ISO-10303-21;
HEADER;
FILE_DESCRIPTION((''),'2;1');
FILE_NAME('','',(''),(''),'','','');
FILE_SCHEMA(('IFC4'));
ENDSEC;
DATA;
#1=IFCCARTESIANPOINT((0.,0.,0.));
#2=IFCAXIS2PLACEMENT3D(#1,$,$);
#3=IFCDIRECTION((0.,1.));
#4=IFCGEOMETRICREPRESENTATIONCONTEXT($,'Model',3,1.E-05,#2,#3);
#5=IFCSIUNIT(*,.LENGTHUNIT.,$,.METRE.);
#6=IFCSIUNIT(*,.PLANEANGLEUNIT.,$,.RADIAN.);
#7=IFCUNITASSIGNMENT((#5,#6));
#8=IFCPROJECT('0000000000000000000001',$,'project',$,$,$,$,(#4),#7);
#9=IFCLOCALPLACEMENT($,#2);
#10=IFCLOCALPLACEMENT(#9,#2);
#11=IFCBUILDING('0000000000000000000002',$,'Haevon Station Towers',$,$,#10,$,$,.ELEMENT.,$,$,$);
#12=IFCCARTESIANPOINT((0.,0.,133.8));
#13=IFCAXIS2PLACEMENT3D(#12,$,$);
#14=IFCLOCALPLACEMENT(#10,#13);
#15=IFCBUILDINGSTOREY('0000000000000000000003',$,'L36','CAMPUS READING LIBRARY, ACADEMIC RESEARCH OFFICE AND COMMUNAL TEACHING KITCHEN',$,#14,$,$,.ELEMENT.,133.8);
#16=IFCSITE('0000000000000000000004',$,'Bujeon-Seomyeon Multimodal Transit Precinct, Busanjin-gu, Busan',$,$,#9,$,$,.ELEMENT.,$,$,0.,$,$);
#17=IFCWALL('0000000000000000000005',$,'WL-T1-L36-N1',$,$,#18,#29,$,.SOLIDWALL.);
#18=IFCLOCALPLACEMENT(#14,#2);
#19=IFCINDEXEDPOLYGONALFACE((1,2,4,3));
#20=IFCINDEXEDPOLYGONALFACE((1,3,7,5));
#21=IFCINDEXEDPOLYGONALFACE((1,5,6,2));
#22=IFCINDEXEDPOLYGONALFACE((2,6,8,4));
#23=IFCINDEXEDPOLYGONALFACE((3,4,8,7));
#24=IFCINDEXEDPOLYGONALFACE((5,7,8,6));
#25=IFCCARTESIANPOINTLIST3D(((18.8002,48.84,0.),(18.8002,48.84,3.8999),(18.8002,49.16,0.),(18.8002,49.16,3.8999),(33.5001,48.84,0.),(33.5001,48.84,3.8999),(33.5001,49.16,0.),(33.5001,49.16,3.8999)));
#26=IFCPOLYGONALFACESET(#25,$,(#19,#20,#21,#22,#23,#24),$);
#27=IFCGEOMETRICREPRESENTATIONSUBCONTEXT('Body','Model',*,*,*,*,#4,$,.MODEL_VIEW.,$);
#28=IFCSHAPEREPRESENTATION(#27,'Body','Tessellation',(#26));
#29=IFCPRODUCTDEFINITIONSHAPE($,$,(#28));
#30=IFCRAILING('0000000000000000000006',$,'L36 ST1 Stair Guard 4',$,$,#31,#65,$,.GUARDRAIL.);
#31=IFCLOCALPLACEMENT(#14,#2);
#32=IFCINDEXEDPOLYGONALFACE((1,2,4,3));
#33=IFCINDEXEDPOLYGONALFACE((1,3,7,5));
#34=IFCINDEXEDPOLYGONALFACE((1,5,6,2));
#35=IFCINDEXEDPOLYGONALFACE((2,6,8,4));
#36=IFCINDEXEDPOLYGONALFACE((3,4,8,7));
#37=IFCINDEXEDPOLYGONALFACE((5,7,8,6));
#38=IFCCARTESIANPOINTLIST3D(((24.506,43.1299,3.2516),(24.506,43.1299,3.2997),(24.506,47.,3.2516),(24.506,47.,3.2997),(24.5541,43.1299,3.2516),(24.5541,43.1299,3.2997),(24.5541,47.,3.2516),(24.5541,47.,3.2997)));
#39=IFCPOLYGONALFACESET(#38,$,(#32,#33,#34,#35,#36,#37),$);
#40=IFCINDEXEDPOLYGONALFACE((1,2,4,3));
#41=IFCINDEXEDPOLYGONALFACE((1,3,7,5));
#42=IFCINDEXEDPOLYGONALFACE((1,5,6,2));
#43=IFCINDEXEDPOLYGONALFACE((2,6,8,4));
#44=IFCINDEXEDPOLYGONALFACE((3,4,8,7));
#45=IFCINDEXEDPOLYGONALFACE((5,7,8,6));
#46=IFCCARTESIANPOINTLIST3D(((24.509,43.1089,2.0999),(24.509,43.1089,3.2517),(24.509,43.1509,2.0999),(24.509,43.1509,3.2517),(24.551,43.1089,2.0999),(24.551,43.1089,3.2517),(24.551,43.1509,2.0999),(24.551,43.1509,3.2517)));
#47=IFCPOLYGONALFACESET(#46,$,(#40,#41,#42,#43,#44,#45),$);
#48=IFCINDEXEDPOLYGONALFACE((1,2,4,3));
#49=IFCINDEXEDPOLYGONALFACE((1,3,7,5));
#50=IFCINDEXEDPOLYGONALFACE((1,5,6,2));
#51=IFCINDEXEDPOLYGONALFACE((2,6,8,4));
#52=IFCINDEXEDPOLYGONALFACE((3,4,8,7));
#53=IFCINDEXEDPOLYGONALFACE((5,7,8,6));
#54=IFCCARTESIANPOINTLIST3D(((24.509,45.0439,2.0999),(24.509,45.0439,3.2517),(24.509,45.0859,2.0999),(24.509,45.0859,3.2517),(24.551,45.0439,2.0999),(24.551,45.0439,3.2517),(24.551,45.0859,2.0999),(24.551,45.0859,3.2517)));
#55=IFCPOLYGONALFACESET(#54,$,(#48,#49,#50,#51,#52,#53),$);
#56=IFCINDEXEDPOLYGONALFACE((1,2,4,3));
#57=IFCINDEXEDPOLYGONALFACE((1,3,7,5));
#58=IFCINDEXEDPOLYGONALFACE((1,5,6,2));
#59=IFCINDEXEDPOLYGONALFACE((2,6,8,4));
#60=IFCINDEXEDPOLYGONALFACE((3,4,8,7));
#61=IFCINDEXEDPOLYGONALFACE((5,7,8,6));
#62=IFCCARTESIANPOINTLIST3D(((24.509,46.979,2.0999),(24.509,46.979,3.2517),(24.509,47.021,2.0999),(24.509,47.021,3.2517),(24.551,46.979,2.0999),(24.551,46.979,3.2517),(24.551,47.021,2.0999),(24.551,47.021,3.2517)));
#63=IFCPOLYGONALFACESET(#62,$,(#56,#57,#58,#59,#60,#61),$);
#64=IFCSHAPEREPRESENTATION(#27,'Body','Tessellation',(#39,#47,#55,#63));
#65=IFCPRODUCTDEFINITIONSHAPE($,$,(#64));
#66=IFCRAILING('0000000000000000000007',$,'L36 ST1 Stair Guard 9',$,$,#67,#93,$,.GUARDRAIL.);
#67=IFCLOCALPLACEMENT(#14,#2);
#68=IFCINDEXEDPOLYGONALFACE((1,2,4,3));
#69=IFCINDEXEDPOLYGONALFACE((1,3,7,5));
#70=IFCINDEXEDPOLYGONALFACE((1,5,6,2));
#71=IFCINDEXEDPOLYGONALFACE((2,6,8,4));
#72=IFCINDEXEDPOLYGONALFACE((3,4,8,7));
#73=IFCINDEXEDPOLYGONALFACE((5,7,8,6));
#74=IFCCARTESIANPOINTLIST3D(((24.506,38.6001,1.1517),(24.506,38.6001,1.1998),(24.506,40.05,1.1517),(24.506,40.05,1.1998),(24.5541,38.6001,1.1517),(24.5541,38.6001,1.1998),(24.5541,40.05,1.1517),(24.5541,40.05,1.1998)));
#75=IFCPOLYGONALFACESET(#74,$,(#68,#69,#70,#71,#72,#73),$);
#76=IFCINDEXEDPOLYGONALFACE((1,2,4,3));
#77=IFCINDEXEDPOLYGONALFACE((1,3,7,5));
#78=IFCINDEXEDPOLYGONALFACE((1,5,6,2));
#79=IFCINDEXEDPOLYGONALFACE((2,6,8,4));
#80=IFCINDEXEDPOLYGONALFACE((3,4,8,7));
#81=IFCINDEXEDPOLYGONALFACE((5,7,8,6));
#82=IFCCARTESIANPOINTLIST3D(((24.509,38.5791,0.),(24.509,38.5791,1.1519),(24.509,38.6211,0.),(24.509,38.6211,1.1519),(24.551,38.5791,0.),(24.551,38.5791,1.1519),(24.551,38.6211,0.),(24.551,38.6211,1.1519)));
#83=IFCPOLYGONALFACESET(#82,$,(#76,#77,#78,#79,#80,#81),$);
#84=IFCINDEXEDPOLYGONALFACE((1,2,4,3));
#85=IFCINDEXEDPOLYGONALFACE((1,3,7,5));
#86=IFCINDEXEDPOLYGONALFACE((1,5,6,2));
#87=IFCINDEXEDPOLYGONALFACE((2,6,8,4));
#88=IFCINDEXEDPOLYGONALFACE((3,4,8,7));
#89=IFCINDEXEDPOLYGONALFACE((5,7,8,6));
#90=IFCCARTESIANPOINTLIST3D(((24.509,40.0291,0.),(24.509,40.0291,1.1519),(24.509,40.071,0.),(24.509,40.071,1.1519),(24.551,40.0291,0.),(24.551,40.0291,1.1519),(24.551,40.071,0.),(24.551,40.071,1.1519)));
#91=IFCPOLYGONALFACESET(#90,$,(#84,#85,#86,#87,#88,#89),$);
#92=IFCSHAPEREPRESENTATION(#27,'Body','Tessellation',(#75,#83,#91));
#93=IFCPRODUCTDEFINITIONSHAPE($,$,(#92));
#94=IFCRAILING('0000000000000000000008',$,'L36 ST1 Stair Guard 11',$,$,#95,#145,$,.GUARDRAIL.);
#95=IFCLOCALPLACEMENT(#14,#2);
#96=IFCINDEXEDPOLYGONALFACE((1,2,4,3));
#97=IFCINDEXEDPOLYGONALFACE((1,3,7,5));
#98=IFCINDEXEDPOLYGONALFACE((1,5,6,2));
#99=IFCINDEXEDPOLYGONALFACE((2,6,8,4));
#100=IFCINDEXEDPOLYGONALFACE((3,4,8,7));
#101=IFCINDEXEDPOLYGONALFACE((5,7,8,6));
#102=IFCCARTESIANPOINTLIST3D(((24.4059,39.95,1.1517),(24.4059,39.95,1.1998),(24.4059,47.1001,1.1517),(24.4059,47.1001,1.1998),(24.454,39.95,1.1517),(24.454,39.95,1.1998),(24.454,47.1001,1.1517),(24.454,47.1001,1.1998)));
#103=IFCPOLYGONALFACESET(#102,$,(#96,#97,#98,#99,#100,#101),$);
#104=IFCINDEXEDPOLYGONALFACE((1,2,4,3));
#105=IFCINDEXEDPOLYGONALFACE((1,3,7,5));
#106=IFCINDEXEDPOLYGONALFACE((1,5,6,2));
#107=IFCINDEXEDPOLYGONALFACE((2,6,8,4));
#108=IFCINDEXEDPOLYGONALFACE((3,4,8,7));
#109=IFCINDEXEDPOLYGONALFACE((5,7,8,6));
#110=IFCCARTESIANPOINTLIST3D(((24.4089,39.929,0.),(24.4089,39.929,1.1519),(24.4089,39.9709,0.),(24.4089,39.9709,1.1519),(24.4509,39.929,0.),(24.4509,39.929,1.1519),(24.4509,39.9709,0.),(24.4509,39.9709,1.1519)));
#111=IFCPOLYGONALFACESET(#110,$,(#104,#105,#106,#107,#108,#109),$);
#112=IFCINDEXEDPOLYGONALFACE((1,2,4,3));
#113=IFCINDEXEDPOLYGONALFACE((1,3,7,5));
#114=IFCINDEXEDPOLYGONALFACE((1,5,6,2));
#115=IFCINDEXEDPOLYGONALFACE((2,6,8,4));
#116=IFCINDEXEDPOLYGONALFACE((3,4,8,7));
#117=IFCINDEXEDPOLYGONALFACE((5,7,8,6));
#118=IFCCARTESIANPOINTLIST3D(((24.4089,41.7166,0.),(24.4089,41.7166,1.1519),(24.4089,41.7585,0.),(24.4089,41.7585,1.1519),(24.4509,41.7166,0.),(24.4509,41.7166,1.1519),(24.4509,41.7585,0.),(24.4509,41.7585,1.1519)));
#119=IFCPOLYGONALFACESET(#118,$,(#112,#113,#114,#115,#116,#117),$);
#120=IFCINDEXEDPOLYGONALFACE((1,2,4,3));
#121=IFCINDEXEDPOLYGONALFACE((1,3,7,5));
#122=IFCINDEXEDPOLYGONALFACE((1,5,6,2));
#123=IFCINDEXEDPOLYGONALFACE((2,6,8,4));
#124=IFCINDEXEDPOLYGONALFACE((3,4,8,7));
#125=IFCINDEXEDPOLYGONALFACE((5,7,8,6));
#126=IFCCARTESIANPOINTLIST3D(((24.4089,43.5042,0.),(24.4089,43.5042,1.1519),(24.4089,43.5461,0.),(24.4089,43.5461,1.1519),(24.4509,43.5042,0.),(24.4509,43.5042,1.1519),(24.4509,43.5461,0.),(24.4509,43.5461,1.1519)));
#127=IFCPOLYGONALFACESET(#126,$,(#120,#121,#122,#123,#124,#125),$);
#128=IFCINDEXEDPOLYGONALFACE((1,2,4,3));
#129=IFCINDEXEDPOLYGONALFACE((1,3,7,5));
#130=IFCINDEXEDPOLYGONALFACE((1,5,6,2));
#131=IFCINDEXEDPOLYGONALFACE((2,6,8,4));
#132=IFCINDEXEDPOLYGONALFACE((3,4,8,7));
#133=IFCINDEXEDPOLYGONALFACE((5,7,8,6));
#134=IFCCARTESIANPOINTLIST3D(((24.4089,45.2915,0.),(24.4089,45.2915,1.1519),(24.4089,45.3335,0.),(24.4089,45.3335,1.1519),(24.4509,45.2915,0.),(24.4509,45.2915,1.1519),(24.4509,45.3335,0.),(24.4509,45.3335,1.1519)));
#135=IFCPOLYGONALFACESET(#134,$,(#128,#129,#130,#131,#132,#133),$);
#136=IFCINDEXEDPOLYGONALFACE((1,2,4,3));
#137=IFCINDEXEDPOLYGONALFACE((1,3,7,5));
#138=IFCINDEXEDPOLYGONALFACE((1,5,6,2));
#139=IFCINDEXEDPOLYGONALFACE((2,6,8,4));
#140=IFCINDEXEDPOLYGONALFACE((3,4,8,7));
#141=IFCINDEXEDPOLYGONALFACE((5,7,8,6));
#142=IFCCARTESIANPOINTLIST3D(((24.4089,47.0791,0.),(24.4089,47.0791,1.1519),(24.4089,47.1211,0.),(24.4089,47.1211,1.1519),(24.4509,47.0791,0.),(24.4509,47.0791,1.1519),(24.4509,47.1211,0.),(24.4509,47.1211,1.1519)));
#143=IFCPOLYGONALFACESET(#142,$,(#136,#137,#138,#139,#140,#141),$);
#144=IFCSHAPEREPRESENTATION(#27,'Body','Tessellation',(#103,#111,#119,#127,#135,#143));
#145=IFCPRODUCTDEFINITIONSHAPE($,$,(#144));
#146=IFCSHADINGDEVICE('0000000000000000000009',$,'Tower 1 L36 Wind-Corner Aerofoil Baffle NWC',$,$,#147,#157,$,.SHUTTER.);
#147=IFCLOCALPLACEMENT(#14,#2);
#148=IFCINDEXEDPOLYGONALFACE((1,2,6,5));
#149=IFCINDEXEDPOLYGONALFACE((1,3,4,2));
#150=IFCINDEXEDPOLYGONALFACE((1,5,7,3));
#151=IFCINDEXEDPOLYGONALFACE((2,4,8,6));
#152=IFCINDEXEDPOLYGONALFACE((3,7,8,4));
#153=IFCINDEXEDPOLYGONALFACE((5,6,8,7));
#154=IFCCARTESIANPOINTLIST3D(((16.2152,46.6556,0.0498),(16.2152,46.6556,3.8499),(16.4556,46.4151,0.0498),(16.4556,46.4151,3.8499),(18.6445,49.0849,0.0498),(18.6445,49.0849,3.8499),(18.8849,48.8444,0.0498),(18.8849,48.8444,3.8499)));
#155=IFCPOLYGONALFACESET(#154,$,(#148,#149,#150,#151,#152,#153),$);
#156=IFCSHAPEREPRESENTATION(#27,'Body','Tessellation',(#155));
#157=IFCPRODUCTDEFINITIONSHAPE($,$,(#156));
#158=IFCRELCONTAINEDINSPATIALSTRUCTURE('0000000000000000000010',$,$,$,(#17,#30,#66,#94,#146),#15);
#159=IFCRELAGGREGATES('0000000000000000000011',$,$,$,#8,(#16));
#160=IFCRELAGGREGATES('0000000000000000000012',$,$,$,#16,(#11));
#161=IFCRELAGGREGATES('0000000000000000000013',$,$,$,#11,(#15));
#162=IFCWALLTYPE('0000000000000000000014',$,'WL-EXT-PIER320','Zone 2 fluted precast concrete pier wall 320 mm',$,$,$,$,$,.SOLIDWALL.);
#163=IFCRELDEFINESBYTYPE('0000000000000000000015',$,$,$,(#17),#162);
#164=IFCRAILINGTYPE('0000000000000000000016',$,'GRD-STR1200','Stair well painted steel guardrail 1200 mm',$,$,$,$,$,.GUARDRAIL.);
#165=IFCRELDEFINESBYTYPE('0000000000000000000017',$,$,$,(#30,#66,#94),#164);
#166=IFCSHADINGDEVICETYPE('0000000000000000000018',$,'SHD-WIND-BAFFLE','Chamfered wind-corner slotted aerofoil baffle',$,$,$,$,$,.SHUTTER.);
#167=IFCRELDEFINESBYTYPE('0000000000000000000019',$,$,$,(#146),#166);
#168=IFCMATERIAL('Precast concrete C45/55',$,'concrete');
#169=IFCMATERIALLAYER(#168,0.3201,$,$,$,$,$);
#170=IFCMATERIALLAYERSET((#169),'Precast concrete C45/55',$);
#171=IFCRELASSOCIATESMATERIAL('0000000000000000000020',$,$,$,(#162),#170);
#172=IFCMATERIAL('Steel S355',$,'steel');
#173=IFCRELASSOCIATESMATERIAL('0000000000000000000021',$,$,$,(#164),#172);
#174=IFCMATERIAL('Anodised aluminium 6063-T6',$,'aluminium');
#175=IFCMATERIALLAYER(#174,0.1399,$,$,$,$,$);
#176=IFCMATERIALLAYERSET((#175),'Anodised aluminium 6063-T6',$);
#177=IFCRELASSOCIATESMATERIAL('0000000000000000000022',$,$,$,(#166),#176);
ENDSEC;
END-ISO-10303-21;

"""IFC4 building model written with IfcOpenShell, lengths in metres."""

from ifc_helpers import new_model, si_unit, direction, frame, frame_2d, origin, origin_2d, place, context, subcontext, project, spatial, rectangle, extrude, material, layer, layer_set, type_object, element, save


model = new_model("IFC4")

# Units and contexts
model_context = context("Model", 3, precision=1e-05, world=origin(), true_north=direction((0.0, 1.0)))
body_context = subcontext(model_context, "Body", "Model", "MODEL_VIEW")
ifc_project = project(units=[si_unit("LENGTHUNIT", "METRE"), si_unit("PLANEANGLEUNIT", "RADIAN")], contexts=[model_context])

# Site, building, storey
site_placement = place(None, origin())
site = spatial("IfcSite", under=ifc_project, at=site_placement, Name="Bujeon-Seomyeon Multimodal Transit Precinct, Busanjin-gu, Busan", CompositionType="ELEMENT", RefElevation=0.0)
building_placement = place(site_placement, origin())
building = spatial("IfcBuilding", under=site, at=building_placement, Name="Haevon Station Towers", CompositionType="ELEMENT")
storey_placement = place(building_placement, frame((0.0, 0.0, 133.8)))
storey = spatial("IfcBuildingStorey", under=building, at=storey_placement, Name="L36", Description="CAMPUS READING LIBRARY, ACADEMIC RESEARCH OFFICE AND COMMUNAL TEACHING KITCHEN", CompositionType="ELEMENT", Elevation=133.8)

# Shared definitions
ifc_material_1 = material(Name="Steel S355", Category="steel")

# Wall
ifc_material_2 = material(Name="Precast concrete C45/55", Category="concrete")
ifc_layer_1 = layer(ifc_material_2, 0.3201)
ifc_layer_set_1 = layer_set([ifc_layer_1], Name="Precast concrete C45/55")
wall_type_1 = type_object("IfcWallType", Name="WL-EXT-PIER320", Description="Zone 2 fluted precast concrete pier wall 320 mm", PredefinedType="SOLIDWALL", material=ifc_layer_set_1)
wall_1_placement = place(storey_placement, frame((18.8, 49.0, 0.0), z_axis=(0.0, 0.0, 1.0), x_axis=(1.0, 0.0, 0.0)))
element("IfcWall", 1, at=wall_1_placement, inside=storey, type_object=wall_type_1, Name="WL-T1-L36-N1", PredefinedType="SOLIDWALL", context=body_context, shape_type="SweptSolid", body=[
    extrude(rectangle(XDim=14.7, YDim=0.3201, at=frame_2d((7.3501, 0.0))), origin(), (0.0, 0.0, 1.0), 3.8999),
])

# Railings
railing_type = type_object("IfcRailingType", Name="GRD-STR1200", Description="Stair well painted steel guardrail 1200 mm", PredefinedType="GUARDRAIL", material=ifc_material_1)
railing_1_placement = place(storey_placement, frame((24.53, 43.1299, 2.0999)))
element("IfcRailing", 2, at=railing_1_placement, inside=storey, type_object=railing_type, Name="L36 ST1 Stair Guard 4", PredefinedType="GUARDRAIL", context=body_context, shape_type="SweptSolid", body=[
    extrude(rectangle(XDim=0.0481, YDim=0.0481, at=origin_2d()), frame((0.0, 0.0, 1.1758), z_axis=(0.0, 1.0, 0.0), x_axis=(-1.0, 0.0, 0.0)), (0.0, 0.0, 1.0), 3.8701),
    extrude(rectangle(XDim=0.042, YDim=0.042, at=origin_2d()), origin(), (0.0, 0.0, 1.0), 1.1519),
    extrude(rectangle(XDim=0.042, YDim=0.042, at=origin_2d()), frame((0.0, 1.9351, 0.0)), (0.0, 0.0, 1.0), 1.1519),
    extrude(rectangle(XDim=0.042, YDim=0.042, at=origin_2d()), frame((0.0, 3.8701, 0.0)), (0.0, 0.0, 1.0), 1.1519),
])
railing_2_placement = place(storey_placement, frame((24.53, 38.6001, 0.0)))
element("IfcRailing", 3, at=railing_2_placement, inside=storey, type_object=railing_type, Name="L36 ST1 Stair Guard 9", PredefinedType="GUARDRAIL", context=body_context, shape_type="SweptSolid", body=[
    extrude(rectangle(XDim=0.0481, YDim=0.0481, at=origin_2d()), frame((0.0, 0.0, 1.1758), z_axis=(0.0, 1.0, 0.0), x_axis=(-1.0, 0.0, 0.0)), (0.0, 0.0, 1.0), 1.45),
    extrude(rectangle(XDim=0.042, YDim=0.042, at=origin_2d()), origin(), (0.0, 0.0, 1.0), 1.1519),
    extrude(rectangle(XDim=0.042, YDim=0.042, at=origin_2d()), frame((0.0, 1.45, 0.0)), (0.0, 0.0, 1.0), 1.1519),
])
railing_3_placement = place(storey_placement, frame((24.4299, 39.95, 0.0)))
element("IfcRailing", 4, at=railing_3_placement, inside=storey, type_object=railing_type, Name="L36 ST1 Stair Guard 11", PredefinedType="GUARDRAIL", context=body_context, shape_type="SweptSolid", body=[
    extrude(rectangle(XDim=0.0481, YDim=0.0481, at=origin_2d()), frame((0.0, 0.0, 1.1758), z_axis=(0.0, 1.0, 0.0), x_axis=(-1.0, 0.0, 0.0)), (0.0, 0.0, 1.0), 7.1501),
    extrude(rectangle(XDim=0.042, YDim=0.042, at=origin_2d()), origin(), (0.0, 0.0, 1.0), 1.1519),
    extrude(rectangle(XDim=0.042, YDim=0.042, at=origin_2d()), frame((0.0, 1.7876, 0.0)), (0.0, 0.0, 1.0), 1.1519),
    extrude(rectangle(XDim=0.042, YDim=0.042, at=origin_2d()), frame((0.0, 3.5752, 0.0)), (0.0, 0.0, 1.0), 1.1519),
    extrude(rectangle(XDim=0.042, YDim=0.042, at=origin_2d()), frame((0.0, 5.3625, 0.0)), (0.0, 0.0, 1.0), 1.1519),
    extrude(rectangle(XDim=0.042, YDim=0.042, at=origin_2d()), frame((0.0, 7.1501, 0.0)), (0.0, 0.0, 1.0), 1.1519),
])

# Shading device
ifc_material_3 = material(Name="Anodised aluminium 6063-T6", Category="aluminium")
ifc_layer_2 = layer(ifc_material_3, 0.1399)
ifc_layer_set_2 = layer_set([ifc_layer_2], Name="Anodised aluminium 6063-T6")
shading_device_type = type_object("IfcShadingDeviceType", Name="SHD-WIND-BAFFLE", Description="Chamfered wind-corner slotted aerofoil baffle", PredefinedType="SHUTTER", material=ifc_layer_set_2)
shading_device_placement = place(storey_placement, frame((17.55, 47.75, 0.0498), z_axis=(0.0, 0.0, 1.0), x_axis=(0.707107, 0.707107, 0.0)))
element("IfcShadingDevice", 5, at=shading_device_placement, inside=storey, type_object=shading_device_type, Name="Tower 1 L36 Wind-Corner Aerofoil Baffle NWC", PredefinedType="SHUTTER", context=body_context, shape_type="SweptSolid", body=[
    extrude(rectangle(XDim=3.4355, YDim=0.3401, at=origin_2d()), origin(), (0.0, 0.0, 1.0), 3.8),
])

save(model, "model.ifc")
